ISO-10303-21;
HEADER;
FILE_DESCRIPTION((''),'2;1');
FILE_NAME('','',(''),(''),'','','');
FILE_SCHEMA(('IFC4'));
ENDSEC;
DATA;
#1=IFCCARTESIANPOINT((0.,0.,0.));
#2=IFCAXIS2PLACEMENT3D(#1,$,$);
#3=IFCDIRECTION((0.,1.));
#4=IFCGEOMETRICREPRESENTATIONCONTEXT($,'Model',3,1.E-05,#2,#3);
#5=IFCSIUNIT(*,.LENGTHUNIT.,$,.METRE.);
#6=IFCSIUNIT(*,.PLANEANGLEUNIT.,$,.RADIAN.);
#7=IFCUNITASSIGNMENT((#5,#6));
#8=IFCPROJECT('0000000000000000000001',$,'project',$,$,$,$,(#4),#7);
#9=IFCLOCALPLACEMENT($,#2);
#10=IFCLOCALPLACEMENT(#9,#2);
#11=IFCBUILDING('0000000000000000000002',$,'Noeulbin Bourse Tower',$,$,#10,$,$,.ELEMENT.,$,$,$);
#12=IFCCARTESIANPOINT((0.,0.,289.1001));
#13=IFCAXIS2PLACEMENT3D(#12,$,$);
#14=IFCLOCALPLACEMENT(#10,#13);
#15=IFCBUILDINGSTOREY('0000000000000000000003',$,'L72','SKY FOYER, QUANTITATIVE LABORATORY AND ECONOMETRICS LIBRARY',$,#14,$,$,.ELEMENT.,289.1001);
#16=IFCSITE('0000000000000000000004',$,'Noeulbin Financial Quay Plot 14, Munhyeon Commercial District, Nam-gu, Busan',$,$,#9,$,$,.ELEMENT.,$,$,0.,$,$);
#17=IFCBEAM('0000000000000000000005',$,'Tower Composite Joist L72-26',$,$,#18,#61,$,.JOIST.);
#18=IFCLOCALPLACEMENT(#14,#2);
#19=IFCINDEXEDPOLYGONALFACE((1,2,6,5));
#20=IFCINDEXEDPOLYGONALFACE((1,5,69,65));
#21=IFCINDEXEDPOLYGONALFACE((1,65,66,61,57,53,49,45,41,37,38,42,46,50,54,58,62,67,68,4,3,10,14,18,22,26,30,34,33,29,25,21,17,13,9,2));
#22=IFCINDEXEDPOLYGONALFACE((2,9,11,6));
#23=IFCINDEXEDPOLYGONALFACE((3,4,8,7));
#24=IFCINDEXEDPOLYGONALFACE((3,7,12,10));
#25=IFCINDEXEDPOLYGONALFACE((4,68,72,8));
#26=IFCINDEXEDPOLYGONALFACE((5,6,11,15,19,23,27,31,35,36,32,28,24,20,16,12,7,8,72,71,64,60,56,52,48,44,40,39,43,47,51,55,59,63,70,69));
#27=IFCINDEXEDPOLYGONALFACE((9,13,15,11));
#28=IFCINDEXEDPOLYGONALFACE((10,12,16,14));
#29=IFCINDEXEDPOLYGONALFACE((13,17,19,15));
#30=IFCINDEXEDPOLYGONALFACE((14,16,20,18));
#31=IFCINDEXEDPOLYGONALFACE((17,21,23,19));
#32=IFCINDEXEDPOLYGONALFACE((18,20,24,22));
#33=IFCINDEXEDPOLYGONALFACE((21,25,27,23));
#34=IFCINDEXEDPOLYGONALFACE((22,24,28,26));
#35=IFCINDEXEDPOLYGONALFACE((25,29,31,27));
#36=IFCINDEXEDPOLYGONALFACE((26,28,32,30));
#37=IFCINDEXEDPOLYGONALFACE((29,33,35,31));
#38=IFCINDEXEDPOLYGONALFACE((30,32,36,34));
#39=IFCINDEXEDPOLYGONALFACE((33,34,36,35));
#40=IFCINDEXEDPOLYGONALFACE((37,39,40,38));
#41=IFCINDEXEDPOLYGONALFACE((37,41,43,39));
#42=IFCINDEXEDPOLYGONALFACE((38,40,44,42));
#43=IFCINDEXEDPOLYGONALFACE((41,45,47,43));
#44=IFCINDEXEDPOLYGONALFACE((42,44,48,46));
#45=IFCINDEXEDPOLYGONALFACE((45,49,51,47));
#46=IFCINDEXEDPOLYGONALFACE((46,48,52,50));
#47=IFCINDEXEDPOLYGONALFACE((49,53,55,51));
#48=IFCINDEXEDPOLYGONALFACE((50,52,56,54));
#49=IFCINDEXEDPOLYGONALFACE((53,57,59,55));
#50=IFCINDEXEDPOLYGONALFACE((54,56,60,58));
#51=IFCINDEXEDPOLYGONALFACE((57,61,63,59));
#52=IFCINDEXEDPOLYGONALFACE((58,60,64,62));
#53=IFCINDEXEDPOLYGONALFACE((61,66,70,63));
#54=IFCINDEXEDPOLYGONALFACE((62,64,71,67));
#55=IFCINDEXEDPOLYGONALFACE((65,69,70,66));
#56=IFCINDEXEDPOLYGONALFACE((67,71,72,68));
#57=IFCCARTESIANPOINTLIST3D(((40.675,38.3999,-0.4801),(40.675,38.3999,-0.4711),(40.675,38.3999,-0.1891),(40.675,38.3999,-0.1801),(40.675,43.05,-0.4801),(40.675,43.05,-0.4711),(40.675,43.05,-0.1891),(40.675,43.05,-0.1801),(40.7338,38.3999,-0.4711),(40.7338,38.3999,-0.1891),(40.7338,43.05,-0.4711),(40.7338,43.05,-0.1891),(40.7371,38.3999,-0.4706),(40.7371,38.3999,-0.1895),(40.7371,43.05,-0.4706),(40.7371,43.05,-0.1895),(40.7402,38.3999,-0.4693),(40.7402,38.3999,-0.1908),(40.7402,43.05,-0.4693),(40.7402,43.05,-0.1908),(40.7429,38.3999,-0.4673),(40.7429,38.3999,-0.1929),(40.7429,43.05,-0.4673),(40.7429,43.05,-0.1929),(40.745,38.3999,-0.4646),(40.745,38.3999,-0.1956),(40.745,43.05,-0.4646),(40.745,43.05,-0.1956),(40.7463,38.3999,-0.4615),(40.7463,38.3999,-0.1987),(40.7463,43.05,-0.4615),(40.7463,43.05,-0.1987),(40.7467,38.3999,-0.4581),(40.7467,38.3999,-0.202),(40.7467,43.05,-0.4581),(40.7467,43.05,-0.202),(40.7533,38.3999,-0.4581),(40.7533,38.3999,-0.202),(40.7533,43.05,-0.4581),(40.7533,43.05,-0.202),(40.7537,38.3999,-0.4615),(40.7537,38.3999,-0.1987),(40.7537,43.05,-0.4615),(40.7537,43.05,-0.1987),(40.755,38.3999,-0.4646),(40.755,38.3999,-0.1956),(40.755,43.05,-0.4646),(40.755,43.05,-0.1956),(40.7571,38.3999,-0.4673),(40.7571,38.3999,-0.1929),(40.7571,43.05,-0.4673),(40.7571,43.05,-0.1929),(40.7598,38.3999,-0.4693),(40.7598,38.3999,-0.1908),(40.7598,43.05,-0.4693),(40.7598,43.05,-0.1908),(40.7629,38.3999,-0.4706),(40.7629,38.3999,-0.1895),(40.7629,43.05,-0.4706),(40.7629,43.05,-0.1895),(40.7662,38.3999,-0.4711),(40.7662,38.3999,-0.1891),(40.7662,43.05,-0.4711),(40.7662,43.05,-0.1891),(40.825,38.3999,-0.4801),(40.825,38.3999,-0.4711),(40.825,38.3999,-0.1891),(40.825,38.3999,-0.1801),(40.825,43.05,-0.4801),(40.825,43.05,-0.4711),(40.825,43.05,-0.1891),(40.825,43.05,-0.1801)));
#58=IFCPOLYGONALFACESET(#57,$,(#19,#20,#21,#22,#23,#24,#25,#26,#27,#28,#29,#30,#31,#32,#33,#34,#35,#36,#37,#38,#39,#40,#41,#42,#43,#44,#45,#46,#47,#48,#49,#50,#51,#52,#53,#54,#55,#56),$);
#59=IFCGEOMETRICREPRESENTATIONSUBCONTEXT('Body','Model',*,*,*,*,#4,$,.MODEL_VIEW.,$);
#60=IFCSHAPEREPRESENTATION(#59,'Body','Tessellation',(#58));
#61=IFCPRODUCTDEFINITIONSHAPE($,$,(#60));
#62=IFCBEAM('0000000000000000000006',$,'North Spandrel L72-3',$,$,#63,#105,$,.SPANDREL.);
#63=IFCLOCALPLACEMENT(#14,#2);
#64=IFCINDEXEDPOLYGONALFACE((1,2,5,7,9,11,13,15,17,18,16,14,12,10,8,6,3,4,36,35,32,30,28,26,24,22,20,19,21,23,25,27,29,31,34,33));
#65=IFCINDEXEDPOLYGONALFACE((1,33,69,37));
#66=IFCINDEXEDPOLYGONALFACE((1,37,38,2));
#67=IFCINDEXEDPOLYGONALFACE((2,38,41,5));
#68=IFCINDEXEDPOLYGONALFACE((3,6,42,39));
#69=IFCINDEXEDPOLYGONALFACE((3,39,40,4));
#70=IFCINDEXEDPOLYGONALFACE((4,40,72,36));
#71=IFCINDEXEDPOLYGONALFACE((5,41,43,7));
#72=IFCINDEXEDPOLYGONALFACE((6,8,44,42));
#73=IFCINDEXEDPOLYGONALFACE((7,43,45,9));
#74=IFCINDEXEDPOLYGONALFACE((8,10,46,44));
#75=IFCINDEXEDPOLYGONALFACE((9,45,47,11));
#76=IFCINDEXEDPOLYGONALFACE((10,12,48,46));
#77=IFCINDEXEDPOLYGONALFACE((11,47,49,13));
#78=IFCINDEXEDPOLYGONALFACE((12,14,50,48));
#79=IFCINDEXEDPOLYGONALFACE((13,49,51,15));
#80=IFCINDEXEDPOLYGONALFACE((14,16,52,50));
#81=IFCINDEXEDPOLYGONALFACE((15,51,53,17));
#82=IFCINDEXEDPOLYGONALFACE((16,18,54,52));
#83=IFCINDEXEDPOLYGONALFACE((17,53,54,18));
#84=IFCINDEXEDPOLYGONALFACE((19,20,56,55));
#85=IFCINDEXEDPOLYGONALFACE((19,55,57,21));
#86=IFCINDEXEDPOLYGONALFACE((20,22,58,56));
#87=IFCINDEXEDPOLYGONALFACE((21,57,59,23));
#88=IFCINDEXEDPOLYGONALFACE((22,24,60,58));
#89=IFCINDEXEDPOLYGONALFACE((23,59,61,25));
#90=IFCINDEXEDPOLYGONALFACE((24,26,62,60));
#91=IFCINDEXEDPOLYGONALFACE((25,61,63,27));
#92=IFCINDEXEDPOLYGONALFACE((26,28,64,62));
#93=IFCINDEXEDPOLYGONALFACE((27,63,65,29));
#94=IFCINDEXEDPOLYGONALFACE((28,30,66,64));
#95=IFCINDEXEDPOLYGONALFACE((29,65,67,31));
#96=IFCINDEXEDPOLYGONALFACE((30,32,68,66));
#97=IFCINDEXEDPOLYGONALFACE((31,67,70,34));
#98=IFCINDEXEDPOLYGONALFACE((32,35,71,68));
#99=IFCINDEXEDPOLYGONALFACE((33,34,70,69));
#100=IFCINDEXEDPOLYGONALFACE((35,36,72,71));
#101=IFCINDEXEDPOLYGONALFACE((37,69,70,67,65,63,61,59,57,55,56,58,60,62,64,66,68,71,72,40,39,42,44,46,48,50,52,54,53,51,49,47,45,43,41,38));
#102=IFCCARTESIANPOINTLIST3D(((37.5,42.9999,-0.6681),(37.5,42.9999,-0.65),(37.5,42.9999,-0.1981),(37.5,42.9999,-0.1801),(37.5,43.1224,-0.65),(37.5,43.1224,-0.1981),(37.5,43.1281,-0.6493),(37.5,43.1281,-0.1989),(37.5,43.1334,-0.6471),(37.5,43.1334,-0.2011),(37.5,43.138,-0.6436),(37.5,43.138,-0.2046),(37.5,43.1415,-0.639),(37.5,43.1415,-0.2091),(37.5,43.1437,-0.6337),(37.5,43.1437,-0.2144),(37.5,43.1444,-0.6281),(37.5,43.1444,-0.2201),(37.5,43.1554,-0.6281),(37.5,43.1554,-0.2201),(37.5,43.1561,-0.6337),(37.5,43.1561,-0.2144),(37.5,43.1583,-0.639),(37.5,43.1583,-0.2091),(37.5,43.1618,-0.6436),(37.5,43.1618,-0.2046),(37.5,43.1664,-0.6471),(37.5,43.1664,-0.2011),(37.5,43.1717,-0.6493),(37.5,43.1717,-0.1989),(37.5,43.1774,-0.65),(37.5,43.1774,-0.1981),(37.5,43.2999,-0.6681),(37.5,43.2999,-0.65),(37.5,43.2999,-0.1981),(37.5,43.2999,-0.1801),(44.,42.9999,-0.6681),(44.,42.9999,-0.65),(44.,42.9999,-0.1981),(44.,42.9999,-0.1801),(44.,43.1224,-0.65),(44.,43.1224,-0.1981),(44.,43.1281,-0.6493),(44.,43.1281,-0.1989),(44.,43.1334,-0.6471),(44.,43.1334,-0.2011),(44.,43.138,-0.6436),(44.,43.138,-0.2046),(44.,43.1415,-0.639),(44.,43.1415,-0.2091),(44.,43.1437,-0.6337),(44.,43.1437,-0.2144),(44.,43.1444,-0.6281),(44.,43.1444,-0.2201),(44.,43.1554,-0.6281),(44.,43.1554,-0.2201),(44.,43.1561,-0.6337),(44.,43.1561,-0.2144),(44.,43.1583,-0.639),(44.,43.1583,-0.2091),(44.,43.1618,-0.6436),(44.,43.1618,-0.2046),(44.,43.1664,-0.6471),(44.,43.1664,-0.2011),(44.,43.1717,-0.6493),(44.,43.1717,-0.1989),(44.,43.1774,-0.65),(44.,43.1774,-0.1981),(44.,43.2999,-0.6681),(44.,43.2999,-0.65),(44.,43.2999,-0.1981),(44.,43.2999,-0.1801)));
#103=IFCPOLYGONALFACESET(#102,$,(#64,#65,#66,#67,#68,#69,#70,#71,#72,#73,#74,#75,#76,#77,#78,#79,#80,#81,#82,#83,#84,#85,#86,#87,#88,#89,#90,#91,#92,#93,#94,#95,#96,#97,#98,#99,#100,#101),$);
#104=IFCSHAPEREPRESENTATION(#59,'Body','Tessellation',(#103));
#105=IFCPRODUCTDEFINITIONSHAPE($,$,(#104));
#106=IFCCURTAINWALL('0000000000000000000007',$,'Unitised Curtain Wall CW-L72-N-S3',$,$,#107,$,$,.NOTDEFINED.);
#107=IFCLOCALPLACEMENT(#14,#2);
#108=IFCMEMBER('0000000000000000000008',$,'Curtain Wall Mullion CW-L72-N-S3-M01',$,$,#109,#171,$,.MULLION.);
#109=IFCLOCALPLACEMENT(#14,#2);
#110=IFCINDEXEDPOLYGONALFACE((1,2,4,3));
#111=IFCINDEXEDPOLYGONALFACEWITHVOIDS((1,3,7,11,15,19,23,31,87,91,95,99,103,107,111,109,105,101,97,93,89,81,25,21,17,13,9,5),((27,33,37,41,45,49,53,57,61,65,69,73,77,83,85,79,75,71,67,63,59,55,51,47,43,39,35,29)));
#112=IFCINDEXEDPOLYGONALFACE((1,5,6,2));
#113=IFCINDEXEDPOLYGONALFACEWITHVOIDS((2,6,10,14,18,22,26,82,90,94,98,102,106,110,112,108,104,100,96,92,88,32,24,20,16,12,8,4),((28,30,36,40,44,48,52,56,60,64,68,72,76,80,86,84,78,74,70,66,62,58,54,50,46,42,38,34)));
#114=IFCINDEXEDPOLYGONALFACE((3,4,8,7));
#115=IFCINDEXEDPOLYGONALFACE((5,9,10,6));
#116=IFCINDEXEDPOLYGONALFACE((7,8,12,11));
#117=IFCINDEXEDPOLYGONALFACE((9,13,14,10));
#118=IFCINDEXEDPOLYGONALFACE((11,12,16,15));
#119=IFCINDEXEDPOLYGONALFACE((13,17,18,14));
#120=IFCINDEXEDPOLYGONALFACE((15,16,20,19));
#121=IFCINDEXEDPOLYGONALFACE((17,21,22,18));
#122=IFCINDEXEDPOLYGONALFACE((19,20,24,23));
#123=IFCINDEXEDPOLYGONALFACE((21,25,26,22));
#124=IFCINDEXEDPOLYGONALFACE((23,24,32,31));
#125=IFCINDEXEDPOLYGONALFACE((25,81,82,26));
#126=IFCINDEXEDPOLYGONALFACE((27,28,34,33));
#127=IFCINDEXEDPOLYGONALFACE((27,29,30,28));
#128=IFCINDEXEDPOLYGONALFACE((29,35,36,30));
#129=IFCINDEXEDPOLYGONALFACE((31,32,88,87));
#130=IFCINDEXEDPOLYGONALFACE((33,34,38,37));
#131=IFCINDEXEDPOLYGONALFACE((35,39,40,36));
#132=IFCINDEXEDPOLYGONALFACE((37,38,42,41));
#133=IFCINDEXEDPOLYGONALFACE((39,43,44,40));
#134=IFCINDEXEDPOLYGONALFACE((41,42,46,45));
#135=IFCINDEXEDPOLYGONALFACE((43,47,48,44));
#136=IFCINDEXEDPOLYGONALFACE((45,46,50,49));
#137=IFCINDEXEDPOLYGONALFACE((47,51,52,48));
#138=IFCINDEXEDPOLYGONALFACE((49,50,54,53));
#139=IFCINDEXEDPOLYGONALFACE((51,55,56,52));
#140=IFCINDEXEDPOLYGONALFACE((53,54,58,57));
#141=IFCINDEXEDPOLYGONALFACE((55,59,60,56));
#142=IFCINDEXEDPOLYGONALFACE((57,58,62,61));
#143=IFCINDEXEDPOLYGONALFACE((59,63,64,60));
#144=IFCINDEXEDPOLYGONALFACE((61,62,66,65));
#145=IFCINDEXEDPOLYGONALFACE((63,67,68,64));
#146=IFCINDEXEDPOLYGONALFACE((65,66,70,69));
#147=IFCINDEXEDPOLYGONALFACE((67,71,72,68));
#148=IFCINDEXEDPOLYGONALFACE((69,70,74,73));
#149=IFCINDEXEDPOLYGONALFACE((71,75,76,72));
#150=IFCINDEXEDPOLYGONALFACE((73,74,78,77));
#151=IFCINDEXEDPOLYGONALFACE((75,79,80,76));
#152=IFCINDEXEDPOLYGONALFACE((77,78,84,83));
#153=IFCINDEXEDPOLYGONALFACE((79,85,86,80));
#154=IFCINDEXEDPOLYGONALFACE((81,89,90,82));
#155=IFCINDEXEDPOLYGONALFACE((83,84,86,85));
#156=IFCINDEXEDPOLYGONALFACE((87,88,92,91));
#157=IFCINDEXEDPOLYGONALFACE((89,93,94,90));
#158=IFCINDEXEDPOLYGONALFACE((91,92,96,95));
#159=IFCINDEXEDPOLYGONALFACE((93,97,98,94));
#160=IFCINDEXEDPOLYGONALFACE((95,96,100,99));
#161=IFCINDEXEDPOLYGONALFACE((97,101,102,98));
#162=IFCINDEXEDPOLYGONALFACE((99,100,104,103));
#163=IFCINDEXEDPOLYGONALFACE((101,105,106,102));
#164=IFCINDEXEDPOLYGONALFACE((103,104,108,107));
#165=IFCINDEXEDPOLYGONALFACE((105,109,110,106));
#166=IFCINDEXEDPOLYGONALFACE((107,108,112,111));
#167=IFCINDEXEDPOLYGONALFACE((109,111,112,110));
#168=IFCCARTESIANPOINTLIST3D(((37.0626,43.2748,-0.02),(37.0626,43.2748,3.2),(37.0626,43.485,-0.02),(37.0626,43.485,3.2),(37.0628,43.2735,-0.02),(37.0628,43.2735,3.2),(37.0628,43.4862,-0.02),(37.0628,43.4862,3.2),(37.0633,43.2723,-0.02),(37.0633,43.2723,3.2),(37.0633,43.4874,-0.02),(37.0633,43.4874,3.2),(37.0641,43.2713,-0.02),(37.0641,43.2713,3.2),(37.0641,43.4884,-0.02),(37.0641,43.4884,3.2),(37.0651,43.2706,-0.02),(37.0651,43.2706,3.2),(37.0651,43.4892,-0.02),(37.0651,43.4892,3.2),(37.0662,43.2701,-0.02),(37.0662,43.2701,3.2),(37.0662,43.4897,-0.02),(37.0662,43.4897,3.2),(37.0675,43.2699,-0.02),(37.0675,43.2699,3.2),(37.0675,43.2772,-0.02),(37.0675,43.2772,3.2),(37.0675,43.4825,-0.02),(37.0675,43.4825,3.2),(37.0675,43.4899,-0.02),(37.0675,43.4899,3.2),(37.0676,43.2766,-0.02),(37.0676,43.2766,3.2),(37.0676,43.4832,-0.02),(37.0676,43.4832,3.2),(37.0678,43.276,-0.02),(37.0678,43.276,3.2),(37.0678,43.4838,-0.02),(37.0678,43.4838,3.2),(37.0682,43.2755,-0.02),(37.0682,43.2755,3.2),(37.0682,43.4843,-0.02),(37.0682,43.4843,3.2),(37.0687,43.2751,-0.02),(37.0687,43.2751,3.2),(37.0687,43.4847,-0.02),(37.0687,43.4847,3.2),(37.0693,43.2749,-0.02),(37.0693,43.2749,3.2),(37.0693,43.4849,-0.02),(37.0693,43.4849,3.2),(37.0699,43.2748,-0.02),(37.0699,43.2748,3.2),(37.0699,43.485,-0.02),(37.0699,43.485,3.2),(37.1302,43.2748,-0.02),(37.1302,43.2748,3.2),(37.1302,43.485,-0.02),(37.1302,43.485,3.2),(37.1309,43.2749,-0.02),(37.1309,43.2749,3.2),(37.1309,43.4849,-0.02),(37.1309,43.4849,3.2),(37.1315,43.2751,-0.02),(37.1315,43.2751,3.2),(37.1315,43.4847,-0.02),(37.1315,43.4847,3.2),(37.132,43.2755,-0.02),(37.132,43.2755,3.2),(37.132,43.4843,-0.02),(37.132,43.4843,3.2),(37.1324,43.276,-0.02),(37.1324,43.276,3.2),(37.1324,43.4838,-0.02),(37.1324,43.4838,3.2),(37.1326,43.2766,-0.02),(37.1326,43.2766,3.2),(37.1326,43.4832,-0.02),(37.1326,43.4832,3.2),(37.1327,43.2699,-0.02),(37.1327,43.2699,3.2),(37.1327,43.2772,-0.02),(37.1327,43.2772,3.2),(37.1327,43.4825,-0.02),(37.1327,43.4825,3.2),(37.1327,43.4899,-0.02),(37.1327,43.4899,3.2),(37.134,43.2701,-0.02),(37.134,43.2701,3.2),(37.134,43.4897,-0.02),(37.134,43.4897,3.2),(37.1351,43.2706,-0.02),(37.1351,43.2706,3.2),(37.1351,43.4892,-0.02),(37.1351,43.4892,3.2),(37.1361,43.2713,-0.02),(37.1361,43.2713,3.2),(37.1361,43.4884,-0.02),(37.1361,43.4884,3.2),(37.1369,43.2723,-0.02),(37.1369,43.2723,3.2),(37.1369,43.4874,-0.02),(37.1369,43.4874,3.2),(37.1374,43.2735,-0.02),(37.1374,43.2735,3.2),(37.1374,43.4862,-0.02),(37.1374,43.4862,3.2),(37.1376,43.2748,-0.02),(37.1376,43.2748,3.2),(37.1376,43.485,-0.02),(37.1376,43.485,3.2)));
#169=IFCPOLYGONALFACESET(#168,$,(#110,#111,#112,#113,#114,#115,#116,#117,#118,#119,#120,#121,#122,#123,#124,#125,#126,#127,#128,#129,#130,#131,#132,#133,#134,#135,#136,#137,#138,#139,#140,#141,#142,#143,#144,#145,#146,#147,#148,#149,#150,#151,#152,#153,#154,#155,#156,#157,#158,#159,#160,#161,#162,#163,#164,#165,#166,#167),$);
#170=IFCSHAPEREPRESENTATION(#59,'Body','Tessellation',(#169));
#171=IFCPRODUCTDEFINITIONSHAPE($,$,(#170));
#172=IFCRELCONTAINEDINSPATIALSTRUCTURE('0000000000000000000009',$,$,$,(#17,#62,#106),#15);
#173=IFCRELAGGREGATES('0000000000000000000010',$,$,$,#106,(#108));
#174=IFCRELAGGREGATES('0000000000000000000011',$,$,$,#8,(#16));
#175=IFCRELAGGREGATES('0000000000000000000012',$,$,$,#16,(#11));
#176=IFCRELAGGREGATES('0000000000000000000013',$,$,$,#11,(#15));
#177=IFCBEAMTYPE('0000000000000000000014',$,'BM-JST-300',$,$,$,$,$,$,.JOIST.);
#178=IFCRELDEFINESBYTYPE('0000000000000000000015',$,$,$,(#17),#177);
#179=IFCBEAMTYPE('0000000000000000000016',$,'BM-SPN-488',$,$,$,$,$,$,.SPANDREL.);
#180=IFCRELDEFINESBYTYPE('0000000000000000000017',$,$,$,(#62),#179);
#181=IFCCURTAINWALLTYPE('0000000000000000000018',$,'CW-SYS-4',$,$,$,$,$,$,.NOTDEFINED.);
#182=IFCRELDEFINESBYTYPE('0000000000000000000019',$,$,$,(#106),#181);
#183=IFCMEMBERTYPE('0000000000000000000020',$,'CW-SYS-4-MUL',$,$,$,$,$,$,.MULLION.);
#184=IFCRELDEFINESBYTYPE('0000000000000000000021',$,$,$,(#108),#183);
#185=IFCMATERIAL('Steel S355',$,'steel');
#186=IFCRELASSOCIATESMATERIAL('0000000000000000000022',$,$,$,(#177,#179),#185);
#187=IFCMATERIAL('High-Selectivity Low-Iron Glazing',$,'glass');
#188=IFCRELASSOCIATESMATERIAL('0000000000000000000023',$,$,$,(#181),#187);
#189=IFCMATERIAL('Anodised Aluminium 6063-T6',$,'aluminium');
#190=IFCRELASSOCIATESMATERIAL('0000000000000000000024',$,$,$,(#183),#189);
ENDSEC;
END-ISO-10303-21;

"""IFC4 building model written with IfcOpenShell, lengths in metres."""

from ifc_helpers import new_model, si_unit, direction, frame, origin, origin_2d, place, context, subcontext, project, spatial, hollow_rectangle, i_section, extrude, material, material_profile, profile_set, type_object, element, aggregate, save


model = new_model("IFC4")

# Units and contexts
model_context = context("Model", 3, precision=1e-05, world=origin(), true_north=direction((0.0, 1.0)))
body_context = subcontext(model_context, "Body", "Model", "MODEL_VIEW")
ifc_project = project(units=[si_unit("LENGTHUNIT", "METRE"), si_unit("PLANEANGLEUNIT", "RADIAN")], contexts=[model_context])

# Site, building, storey
site_placement = place(None, origin())
site = spatial("IfcSite", under=ifc_project, at=site_placement, Name="Noeulbin Financial Quay Plot 14, Munhyeon Commercial District, Nam-gu, Busan", CompositionType="ELEMENT", RefElevation=0.0)
building_placement = place(site_placement, origin())
building = spatial("IfcBuilding", under=site, at=building_placement, Name="Noeulbin Bourse Tower", CompositionType="ELEMENT")
storey_placement = place(building_placement, frame((0.0, 0.0, 289.1001)))
storey = spatial("IfcBuildingStorey", under=building, at=storey_placement, Name="L72", Description="SKY FOYER, QUANTITATIVE LABORATORY AND ECONOMETRICS LIBRARY", CompositionType="ELEMENT", Elevation=289.1001)

# Shared definitions
ifc_material_1 = material(Name="Steel S355", Category="steel")

# Beams
ifc_material_profile_1 = material_profile(ifc_material_1, i_section(OverallWidth=0.1499, OverallDepth=0.3, WebThickness=0.0066, FlangeThickness=0.009, FilletRadius=0.0129, at=origin_2d()), Name="H-300x150x6.5x9", Category="LoadBearing")
ifc_profile_set_1 = profile_set([ifc_material_profile_1], Name="Steel S355")
beam_type_1 = type_object("IfcBeamType", Name="BM-JST-300", PredefinedType="JOIST", material=ifc_profile_set_1)
for number, where, z_axis, x_axis, name in (
    (1, (40.75, 38.3999, -0.3301), (0.0, 1.0, 0.0), (-1.0, 0.0, 0.0), "Tower Composite Joist L72-26"),
):
    element("IfcBeam", number, at=place(storey_placement, frame(where, z_axis=z_axis, x_axis=x_axis)), inside=storey, type_object=beam_type_1, Name=name, PredefinedType="JOIST", context=body_context, shape_type="SweptSolid", body=[
        extrude(i_section(OverallWidth=0.1499, OverallDepth=0.3, WebThickness=0.0066, FlangeThickness=0.009, FilletRadius=0.0129, at=origin_2d()), origin(), (0.0, 0.0, 1.0), 4.6501),
    ])
ifc_material_profile_2 = material_profile(ifc_material_1, i_section(OverallWidth=0.3, OverallDepth=0.488, WebThickness=0.011, FlangeThickness=0.0181, FilletRadius=0.022, at=origin_2d()), Name="H-488x300x11x18", Category="LoadBearing")
ifc_profile_set_2 = profile_set([ifc_material_profile_2], Name="Steel S355")
beam_type_2 = type_object("IfcBeamType", Name="BM-SPN-488", PredefinedType="SPANDREL", material=ifc_profile_set_2)
beam_placement = place(storey_placement, frame((37.5, 43.1499, -0.4241), z_axis=(1.0, 0.0, 0.0), x_axis=(0.0, 1.0, 0.0)))
element("IfcBeam", 2, at=beam_placement, inside=storey, type_object=beam_type_2, Name="North Spandrel L72-3", PredefinedType="SPANDREL", context=body_context, shape_type="SweptSolid", body=[
    extrude(i_section(OverallWidth=0.3, OverallDepth=0.488, WebThickness=0.011, FlangeThickness=0.0181, FilletRadius=0.022, at=origin_2d()), origin(), (0.0, 0.0, 1.0), 6.5),
])

# Curtain wall, member
ifc_material_2 = material(Name="High-Selectivity Low-Iron Glazing", Category="glass")
curtain_wall_type = type_object("IfcCurtainWallType", Name="CW-SYS-4", PredefinedType="NOTDEFINED", material=ifc_material_2)
curtain_wall_1_placement = place(storey_placement, origin())
curtain_wall_1 = element("IfcCurtainWall", 3, at=curtain_wall_1_placement, inside=storey, type_object=curtain_wall_type, Name="Unitised Curtain Wall CW-L72-N-S3", PredefinedType="NOTDEFINED")
ifc_material_3 = material(Name="Anodised Aluminium 6063-T6", Category="aluminium")
ifc_material_profile_3 = material_profile(ifc_material_3, hollow_rectangle(XDim=0.075, YDim=0.22, WallThickness=0.0049, InnerFilletRadius=0.0024, OuterFilletRadius=0.0049, at=origin_2d()), Name="ALU-MULL-75x220x5", Category="LoadBearing")
ifc_profile_set_3 = profile_set([ifc_material_profile_3], Name="Anodised Aluminium 6063-T6")
member_type_1 = type_object("IfcMemberType", Name="CW-SYS-4-MUL", PredefinedType="MULLION", material=ifc_profile_set_3)
member_1_placement = place(storey_placement, frame((37.1001, 43.3799, -0.02), z_axis=(0.0, 0.0, 1.0), x_axis=(1.0, 0.0, 0.0)))
member_1 = element("IfcMember", 4, at=member_1_placement, type_object=member_type_1, Name="Curtain Wall Mullion CW-L72-N-S3-M01", PredefinedType="MULLION", context=body_context, shape_type="SweptSolid", body=[
    extrude(hollow_rectangle(XDim=0.075, YDim=0.22, WallThickness=0.0049, InnerFilletRadius=0.0024, OuterFilletRadius=0.0049, at=origin_2d()), origin(), (0.0, 0.0, 1.0), 3.22),
])

aggregate(curtain_wall_1, [member_1])

save(model, "model.ifc")
